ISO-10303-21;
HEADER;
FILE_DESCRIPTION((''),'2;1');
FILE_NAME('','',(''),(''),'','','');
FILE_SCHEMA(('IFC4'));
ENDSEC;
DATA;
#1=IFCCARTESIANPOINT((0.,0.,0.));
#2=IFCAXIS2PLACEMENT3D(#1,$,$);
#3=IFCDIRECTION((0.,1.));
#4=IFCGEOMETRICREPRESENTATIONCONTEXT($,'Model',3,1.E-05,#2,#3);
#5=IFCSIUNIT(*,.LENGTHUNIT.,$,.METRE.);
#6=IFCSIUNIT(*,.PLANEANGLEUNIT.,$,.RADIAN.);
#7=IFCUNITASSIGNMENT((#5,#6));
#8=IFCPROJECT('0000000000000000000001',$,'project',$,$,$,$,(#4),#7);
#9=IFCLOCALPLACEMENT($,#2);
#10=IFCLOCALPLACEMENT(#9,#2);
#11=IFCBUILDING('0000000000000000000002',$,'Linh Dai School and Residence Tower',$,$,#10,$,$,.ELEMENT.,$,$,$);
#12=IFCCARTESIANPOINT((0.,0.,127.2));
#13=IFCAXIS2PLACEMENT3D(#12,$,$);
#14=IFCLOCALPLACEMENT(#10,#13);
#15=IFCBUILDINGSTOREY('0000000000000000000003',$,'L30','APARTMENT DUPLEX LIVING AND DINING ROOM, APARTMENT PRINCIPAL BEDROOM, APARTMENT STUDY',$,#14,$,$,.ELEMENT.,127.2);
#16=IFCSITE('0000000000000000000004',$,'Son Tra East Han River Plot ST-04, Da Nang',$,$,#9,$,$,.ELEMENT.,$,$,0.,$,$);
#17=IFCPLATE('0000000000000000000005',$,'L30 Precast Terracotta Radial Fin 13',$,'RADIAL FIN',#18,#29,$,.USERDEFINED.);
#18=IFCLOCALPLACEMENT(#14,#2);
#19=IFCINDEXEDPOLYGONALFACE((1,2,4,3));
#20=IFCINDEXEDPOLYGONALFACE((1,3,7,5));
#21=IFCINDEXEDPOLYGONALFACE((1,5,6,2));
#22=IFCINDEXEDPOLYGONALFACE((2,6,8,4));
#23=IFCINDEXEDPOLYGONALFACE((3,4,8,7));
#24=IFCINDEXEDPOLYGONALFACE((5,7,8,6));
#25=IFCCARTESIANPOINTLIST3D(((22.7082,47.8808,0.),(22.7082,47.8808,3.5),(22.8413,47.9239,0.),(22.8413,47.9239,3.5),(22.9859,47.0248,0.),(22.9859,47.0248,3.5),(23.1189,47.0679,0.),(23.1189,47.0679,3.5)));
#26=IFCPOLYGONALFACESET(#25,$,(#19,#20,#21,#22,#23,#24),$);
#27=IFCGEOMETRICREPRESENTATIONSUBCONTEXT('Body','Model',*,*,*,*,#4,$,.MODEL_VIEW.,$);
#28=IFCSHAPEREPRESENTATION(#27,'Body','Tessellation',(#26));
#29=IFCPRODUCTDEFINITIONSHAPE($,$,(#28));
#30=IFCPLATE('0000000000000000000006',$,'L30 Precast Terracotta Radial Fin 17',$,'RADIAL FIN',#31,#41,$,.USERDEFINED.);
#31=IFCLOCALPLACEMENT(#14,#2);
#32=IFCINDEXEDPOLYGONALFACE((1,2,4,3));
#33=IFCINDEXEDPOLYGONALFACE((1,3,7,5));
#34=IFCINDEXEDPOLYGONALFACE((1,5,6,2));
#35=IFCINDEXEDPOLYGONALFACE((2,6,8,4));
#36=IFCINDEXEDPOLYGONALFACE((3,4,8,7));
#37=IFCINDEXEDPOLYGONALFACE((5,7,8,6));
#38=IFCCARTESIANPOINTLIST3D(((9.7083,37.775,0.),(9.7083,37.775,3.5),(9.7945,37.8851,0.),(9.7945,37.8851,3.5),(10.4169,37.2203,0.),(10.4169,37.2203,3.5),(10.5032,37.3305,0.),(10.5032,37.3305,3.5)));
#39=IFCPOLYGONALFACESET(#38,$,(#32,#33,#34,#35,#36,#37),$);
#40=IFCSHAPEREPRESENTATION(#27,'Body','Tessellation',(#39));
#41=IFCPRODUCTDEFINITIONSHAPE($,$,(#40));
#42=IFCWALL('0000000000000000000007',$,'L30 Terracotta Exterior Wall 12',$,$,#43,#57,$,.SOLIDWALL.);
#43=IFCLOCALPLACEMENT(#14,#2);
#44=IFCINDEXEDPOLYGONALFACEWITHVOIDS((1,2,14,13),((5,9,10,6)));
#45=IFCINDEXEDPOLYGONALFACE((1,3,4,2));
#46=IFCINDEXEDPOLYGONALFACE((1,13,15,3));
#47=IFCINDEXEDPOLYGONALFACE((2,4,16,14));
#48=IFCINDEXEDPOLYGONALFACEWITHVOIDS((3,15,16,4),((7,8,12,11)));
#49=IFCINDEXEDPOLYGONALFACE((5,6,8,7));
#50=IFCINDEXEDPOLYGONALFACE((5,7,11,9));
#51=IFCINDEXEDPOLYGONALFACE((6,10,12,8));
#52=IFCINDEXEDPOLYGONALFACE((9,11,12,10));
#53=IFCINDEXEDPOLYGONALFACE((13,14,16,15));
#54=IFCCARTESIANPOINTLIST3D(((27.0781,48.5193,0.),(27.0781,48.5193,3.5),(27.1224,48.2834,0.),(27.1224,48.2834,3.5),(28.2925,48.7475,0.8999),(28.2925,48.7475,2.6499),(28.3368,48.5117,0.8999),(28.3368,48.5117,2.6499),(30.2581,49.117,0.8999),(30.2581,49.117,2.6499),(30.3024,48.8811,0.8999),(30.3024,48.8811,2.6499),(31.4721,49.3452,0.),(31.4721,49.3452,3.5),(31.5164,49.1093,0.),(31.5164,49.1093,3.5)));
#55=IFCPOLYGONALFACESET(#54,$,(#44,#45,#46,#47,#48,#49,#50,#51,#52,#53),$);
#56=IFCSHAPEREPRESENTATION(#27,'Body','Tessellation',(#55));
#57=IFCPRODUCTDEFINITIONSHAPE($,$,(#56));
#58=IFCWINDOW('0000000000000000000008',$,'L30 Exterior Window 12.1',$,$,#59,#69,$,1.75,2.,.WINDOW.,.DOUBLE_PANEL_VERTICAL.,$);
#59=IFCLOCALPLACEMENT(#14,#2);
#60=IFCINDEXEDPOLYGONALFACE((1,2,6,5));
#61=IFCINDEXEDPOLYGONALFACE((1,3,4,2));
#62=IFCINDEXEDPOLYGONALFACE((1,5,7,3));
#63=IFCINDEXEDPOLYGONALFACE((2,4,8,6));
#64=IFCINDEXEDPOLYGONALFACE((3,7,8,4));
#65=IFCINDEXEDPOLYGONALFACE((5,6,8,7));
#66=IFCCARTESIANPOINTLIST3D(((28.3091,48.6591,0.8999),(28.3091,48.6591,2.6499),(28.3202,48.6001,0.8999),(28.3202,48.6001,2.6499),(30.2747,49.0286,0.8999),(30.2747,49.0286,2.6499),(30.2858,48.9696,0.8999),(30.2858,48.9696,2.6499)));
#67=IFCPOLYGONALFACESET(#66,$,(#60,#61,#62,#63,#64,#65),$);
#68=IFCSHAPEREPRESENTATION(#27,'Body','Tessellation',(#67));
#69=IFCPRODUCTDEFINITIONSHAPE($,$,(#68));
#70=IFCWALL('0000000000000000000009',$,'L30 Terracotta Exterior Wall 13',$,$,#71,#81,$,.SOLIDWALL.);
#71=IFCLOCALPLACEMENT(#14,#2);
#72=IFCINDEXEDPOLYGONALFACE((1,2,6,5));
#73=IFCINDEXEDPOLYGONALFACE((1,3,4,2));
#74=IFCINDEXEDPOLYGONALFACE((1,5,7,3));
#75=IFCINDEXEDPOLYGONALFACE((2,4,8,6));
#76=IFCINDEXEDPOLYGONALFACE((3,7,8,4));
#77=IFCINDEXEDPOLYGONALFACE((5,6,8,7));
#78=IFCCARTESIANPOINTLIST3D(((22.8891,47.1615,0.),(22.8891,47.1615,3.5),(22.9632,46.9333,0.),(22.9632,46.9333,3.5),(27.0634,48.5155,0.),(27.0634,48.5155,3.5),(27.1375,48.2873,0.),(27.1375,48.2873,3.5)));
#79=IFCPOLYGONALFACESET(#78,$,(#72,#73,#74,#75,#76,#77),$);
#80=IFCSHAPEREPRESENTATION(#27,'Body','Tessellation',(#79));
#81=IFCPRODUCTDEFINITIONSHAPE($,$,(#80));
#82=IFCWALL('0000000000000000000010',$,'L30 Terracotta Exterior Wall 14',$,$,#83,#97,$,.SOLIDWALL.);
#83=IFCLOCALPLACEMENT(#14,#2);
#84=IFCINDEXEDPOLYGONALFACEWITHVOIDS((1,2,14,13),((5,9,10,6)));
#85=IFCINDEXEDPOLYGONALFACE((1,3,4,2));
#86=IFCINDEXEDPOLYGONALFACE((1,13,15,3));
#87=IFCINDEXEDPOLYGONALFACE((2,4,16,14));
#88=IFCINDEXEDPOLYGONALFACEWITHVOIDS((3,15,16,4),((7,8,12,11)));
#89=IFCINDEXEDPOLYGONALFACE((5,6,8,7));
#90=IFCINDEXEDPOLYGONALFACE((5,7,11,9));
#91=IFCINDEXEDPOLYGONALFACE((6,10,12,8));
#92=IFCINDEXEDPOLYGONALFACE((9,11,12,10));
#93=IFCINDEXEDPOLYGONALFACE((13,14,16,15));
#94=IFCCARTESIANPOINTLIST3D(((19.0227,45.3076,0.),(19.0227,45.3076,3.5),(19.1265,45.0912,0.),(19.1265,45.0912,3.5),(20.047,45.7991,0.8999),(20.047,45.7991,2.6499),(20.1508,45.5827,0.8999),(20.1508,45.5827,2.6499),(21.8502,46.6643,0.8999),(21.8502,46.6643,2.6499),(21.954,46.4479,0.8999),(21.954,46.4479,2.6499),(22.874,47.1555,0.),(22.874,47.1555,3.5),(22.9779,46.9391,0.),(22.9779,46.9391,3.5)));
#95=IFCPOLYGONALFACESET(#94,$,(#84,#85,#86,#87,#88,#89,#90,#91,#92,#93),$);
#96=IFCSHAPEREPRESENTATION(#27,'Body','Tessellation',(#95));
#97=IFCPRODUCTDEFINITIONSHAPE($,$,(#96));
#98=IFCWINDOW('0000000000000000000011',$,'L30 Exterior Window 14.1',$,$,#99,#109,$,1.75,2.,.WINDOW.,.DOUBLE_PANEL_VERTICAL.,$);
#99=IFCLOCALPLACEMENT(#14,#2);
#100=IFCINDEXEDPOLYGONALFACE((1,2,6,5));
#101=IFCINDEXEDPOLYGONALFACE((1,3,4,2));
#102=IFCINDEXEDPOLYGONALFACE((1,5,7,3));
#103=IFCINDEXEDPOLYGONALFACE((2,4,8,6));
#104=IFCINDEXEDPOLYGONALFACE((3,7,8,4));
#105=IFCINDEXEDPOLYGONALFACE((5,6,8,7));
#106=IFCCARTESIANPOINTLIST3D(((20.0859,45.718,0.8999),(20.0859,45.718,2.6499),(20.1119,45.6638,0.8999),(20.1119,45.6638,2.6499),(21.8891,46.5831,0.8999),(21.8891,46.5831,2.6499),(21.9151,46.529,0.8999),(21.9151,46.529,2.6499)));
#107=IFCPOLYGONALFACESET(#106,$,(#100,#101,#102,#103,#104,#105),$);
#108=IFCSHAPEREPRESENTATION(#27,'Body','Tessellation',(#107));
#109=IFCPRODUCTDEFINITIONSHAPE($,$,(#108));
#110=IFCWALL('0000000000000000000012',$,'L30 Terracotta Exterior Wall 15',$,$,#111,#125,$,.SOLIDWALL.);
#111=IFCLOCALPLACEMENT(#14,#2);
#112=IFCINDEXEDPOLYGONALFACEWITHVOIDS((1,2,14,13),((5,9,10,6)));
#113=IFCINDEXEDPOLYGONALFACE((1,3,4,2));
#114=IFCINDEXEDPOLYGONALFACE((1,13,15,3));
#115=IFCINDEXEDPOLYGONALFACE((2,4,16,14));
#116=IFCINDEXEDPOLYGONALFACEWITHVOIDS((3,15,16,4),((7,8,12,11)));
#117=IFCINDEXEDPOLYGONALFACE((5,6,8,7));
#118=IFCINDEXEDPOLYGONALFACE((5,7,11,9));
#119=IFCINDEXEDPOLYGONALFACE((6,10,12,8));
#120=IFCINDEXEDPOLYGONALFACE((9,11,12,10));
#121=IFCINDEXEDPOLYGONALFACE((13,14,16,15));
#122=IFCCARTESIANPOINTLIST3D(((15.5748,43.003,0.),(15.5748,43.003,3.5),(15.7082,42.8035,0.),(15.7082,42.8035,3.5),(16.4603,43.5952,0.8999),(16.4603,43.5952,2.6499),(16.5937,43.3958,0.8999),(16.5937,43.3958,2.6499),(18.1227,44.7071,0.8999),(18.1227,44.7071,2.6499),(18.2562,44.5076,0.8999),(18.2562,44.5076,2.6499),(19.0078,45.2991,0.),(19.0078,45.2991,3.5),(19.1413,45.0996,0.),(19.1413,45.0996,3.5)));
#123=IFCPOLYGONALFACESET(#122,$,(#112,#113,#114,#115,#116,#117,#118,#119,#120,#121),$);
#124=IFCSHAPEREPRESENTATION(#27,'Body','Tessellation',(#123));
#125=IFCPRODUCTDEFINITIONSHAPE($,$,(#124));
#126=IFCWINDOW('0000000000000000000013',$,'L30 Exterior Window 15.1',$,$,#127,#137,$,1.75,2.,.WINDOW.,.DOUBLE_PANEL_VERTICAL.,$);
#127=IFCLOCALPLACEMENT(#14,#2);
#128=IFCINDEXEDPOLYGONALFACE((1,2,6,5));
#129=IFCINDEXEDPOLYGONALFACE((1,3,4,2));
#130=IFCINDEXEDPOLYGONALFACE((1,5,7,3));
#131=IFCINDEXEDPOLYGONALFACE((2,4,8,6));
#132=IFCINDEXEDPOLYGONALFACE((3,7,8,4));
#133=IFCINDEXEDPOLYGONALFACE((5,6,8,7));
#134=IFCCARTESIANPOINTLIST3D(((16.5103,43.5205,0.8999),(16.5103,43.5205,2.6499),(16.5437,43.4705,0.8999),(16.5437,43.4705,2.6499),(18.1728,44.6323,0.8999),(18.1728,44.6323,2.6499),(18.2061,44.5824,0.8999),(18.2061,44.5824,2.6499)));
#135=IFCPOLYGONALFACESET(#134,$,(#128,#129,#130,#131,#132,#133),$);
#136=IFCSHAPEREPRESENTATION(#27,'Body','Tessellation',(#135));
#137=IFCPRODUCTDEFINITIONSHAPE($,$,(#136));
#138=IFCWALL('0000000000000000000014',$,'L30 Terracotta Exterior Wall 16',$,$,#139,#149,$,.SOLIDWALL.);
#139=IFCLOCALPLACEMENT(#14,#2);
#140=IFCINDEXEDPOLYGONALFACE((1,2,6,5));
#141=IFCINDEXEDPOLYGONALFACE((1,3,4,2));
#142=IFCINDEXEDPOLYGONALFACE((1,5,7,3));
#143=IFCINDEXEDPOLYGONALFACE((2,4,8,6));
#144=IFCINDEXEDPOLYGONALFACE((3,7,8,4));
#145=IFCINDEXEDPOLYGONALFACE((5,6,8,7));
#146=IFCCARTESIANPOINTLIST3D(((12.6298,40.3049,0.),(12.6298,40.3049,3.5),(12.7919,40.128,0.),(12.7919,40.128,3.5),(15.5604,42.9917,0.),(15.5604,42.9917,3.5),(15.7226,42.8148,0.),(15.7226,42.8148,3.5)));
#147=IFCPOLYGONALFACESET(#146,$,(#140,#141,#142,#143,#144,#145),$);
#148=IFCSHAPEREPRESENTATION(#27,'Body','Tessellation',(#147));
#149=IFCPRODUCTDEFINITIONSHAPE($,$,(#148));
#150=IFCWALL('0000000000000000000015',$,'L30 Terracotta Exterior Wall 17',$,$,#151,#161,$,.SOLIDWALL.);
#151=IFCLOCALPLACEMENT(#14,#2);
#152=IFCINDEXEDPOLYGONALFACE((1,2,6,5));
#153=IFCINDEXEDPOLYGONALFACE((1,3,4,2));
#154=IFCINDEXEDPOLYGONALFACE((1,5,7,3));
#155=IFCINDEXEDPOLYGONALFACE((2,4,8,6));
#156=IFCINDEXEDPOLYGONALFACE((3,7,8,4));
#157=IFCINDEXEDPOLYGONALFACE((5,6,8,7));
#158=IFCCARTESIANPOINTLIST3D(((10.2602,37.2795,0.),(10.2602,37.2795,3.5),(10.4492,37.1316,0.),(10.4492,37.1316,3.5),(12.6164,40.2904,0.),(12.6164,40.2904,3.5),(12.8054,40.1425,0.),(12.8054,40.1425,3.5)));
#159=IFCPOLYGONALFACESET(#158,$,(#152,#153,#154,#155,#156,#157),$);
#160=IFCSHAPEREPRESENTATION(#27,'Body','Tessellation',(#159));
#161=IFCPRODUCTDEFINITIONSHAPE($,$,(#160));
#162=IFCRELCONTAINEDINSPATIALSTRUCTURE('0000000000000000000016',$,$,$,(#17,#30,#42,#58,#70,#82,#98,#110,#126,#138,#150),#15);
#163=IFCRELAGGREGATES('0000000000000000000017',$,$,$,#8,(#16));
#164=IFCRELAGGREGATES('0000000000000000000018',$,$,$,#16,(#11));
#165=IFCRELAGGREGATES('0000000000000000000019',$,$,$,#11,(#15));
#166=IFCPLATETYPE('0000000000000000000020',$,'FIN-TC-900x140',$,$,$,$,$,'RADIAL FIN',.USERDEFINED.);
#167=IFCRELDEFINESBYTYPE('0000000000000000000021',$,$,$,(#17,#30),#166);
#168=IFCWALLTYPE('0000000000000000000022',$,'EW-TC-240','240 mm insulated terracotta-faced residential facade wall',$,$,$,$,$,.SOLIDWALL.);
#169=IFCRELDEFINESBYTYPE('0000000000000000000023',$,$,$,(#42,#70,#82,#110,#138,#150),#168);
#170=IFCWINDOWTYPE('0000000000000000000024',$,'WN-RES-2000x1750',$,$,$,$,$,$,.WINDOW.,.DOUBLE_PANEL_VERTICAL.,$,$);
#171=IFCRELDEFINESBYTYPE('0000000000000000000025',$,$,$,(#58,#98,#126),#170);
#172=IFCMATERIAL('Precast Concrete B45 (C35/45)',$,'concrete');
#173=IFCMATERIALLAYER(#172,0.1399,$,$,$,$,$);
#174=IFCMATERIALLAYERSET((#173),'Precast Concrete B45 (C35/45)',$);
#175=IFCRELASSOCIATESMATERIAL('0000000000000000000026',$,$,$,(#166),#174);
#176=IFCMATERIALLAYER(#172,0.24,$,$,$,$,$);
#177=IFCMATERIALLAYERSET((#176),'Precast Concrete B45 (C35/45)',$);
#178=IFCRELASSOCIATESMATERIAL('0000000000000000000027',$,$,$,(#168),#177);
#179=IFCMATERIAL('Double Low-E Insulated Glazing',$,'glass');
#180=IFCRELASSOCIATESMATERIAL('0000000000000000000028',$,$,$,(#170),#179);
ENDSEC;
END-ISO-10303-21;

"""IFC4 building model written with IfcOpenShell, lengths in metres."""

from ifc_helpers import new_model, si_unit, direction, frame, frame_2d, origin, origin_2d, place, context, subcontext, project, spatial, rectangle, extrude, source, transform, mapped, material, layer, layer_set, type_object, element, fill, save


model = new_model("IFC4")

# Units and contexts
model_context = context("Model", 3, precision=1e-05, world=origin(), true_north=direction((0.0, 1.0)))
body_context = subcontext(model_context, "Body", "Model", "MODEL_VIEW")
ifc_project = project(units=[si_unit("LENGTHUNIT", "METRE"), si_unit("PLANEANGLEUNIT", "RADIAN")], contexts=[model_context])

# Site, building, storey
site_placement = place(None, origin())
site = spatial("IfcSite", under=ifc_project, at=site_placement, Name="Son Tra East Han River Plot ST-04, Da Nang", CompositionType="ELEMENT", RefElevation=0.0)
building_placement = place(site_placement, origin())
building = spatial("IfcBuilding", under=site, at=building_placement, Name="Linh Dai School and Residence Tower", CompositionType="ELEMENT")
storey_placement = place(building_placement, frame((0.0, 0.0, 127.2)))
storey = spatial("IfcBuildingStorey", under=building, at=storey_placement, Name="L30", Description="APARTMENT DUPLEX LIVING AND DINING ROOM, APARTMENT PRINCIPAL BEDROOM, APARTMENT STUDY", CompositionType="ELEMENT", Elevation=127.2)

# Plates
ifc_material_1 = material(Name="Precast Concrete B45 (C35/45)", Category="concrete")
ifc_layer_1 = layer(ifc_material_1, 0.1399)
ifc_layer_set_1 = layer_set([ifc_layer_1], Name="Precast Concrete B45 (C35/45)")
plate_type = type_object("IfcPlateType", Name="FIN-TC-900x140", ElementType="RADIAL FIN", PredefinedType="USERDEFINED", material=ifc_layer_set_1)
shared_shape_1 = source(origin(), body_context, "Body", "SweptSolid", [
    extrude(rectangle(XDim=0.8999, YDim=0.1399, at=origin_2d()), origin(), (0.0, 0.0, 1.0), 3.5),
])
for number, where, z_axis, x_axis, name in (
    (1, (22.9136, 47.4744, 0.0), (0.0, 0.0, 1.0), (-0.308522, 0.951217, 0.0), "L30 Precast Terracotta Radial Fin 13"),
    (2, (10.1057, 37.5527, 0.0), (0.0, 0.0, 1.0), (-0.787508, 0.616305, 0.0), "L30 Precast Terracotta Radial Fin 17"),
):
    element("IfcPlate", number, at=place(storey_placement, frame(where, z_axis=z_axis, x_axis=x_axis)), inside=storey, type_object=plate_type, Name=name, ObjectType="RADIAL FIN", PredefinedType="USERDEFINED", context=body_context, shape_type="MappedRepresentation", body=[
        mapped(shared_shape_1, transform((0.0, 0.0, 0.0), x_axis=(1.0, 0.0, 0.0), y_axis=(0.0, 1.0, 0.0), z_axis=(0.0, 0.0, 1.0), scale=1.0)),
    ])

# Wall, opening, window
ifc_layer_2 = layer(ifc_material_1, 0.24)
ifc_layer_set_2 = layer_set([ifc_layer_2], Name="Precast Concrete B45 (C35/45)")
wall_type_1 = type_object("IfcWallType", Name="EW-TC-240", Description="240 mm insulated terracotta-faced residential facade wall", PredefinedType="SOLIDWALL", material=ifc_layer_set_2)
wall_1_placement = place(storey_placement, frame((27.1003, 48.4014, 0.0), z_axis=(0.0, 0.0, 1.0), x_axis=(0.982789, 0.18473, 0.0)))
wall_1 = element("IfcWall", 3, at=wall_1_placement, inside=storey, type_object=wall_type_1, Name="L30 Terracotta Exterior Wall 12", PredefinedType="SOLIDWALL", context=body_context, shape_type="SweptSolid", body=[
    extrude(rectangle(XDim=4.4709, YDim=0.24, at=frame_2d((2.2354, 0.0))), origin(), (0.0, 0.0, 1.0), 3.5),
])
opening_1_placement = place(wall_1_placement, frame((1.2356, 0.0, 0.8999)))
opening_1 = element("IfcOpeningElement", 4, at=opening_1_placement, cuts=wall_1, PredefinedType="OPENING", context=body_context, shape_type="SweptSolid", body=[
    extrude(rectangle(XDim=2.0, YDim=1.75, at=origin_2d()), frame((1.0, 0.1299, 0.875), z_axis=(0.0, -1.0, 0.0), x_axis=(1.0, 0.0, 0.0)), (0.0, 0.0, 1.0), 0.26),
])
ifc_material_2 = material(Name="Double Low-E Insulated Glazing", Category="glass")
window_type = type_object("IfcWindowType", Name="WN-RES-2000x1750", PartitioningType="DOUBLE_PANEL_VERTICAL", PredefinedType="WINDOW", material=ifc_material_2)
shared_shape_2 = source(origin(), body_context, "Body", "SweptSolid", [
    extrude(rectangle(XDim=2.0, YDim=1.75, at=origin_2d()), frame((1.0, 0.03, 0.875), z_axis=(0.0, -1.0, 0.0), x_axis=(1.0, 0.0, 0.0)), (0.0, 0.0, 1.0), 0.0601),
])
window_1_placement = place(opening_1_placement, origin())
window_1 = element("IfcWindow", 5, at=window_1_placement, inside=storey, type_object=window_type, Name="L30 Exterior Window 12.1", OverallHeight=1.75, OverallWidth=2.0, PartitioningType="DOUBLE_PANEL_VERTICAL", PredefinedType="WINDOW", context=body_context, shape_type="MappedRepresentation", body=[
    mapped(shared_shape_2, transform((0.0, 0.0, 0.0), x_axis=(1.0, 0.0, 0.0), y_axis=(0.0, 1.0, 0.0), z_axis=(0.0, 0.0, 1.0), scale=1.0)),
])
fill(opening_1, window_1)

# Wall
wall_2_placement = place(storey_placement, frame((22.926, 47.0474, 0.0), z_axis=(0.0, 0.0, 1.0), x_axis=(0.951211, 0.30854, 0.0)))
element("IfcWall", 6, at=wall_2_placement, inside=storey, type_object=wall_type_1, Name="L30 Terracotta Exterior Wall 13", PredefinedType="SOLIDWALL", context=body_context, shape_type="SweptSolid", body=[
    extrude(rectangle(XDim=4.3884, YDim=0.24, at=frame_2d((2.1943, 0.0))), origin(), (0.0, 0.0, 1.0), 3.5),
])

# Walls, openings, windows
wall_3_placement = place(storey_placement, frame((19.0747, 45.1995, 0.0), z_axis=(0.0, 0.0, 1.0), x_axis=(0.90159, 0.432592, 0.0)))
wall_3 = element("IfcWall", 7, at=wall_3_placement, inside=storey, type_object=wall_type_1, Name="L30 Terracotta Exterior Wall 14", PredefinedType="SOLIDWALL", context=body_context, shape_type="SweptSolid", body=[
    extrude(rectangle(XDim=4.2717, YDim=0.24, at=frame_2d((2.1357, 0.0))), origin(), (0.0, 0.0, 1.0), 3.5),
])
opening_2_placement = place(wall_3_placement, frame((1.136, 0.0, 0.8999)))
opening_2 = element("IfcOpeningElement", 8, at=opening_2_placement, cuts=wall_3, PredefinedType="OPENING", context=body_context, shape_type="SweptSolid", body=[
    extrude(rectangle(XDim=2.0, YDim=1.75, at=origin_2d()), frame((1.0, 0.1299, 0.875), z_axis=(0.0, -1.0, 0.0), x_axis=(1.0, 0.0, 0.0)), (0.0, 0.0, 1.0), 0.26),
])
window_2_placement = place(opening_2_placement, origin())
window_2 = element("IfcWindow", 9, at=window_2_placement, inside=storey, type_object=window_type, Name="L30 Exterior Window 14.1", OverallHeight=1.75, OverallWidth=2.0, PartitioningType="DOUBLE_PANEL_VERTICAL", PredefinedType="WINDOW", context=body_context, shape_type="MappedRepresentation", body=[
    mapped(shared_shape_2, transform((0.0, 0.0, 0.0), x_axis=(1.0, 0.0, 0.0), y_axis=(0.0, 1.0, 0.0), z_axis=(0.0, 0.0, 1.0), scale=1.0)),
])
fill(opening_2, window_2)
wall_4_placement = place(storey_placement, frame((15.6416, 42.9033, 0.0), z_axis=(0.0, 0.0, 1.0), x_axis=(0.831222, 0.555941, 0.0)))
wall_4 = element("IfcWall", 10, at=wall_4_placement, inside=storey, type_object=wall_type_1, Name="L30 Terracotta Exterior Wall 15", PredefinedType="SOLIDWALL", context=body_context, shape_type="SweptSolid", body=[
    extrude(rectangle(XDim=4.1301, YDim=0.24, at=frame_2d((2.0649, 0.0))), origin(), (0.0, 0.0, 1.0), 3.5),
])
opening_3_placement = place(wall_4_placement, frame((1.0652, 0.0, 0.8999)))
opening_3 = element("IfcOpeningElement", 11, at=opening_3_placement, cuts=wall_4, PredefinedType="OPENING", context=body_context, shape_type="SweptSolid", body=[
    extrude(rectangle(XDim=2.0, YDim=1.75, at=origin_2d()), frame((1.0, 0.1299, 0.875), z_axis=(0.0, -1.0, 0.0), x_axis=(1.0, 0.0, 0.0)), (0.0, 0.0, 1.0), 0.26),
])
window_3_placement = place(opening_3_placement, origin())
window_3 = element("IfcWindow", 12, at=window_3_placement, inside=storey, type_object=window_type, Name="L30 Exterior Window 15.1", OverallHeight=1.75, OverallWidth=2.0, PartitioningType="DOUBLE_PANEL_VERTICAL", PredefinedType="WINDOW", context=body_context, shape_type="MappedRepresentation", body=[
    mapped(shared_shape_2, transform((0.0, 0.0, 0.0), x_axis=(1.0, 0.0, 0.0), y_axis=(0.0, 1.0, 0.0), z_axis=(0.0, 0.0, 1.0), scale=1.0)),
])
fill(opening_3, window_3)

# Walls
wall_5_placement = place(storey_placement, frame((12.7109, 40.2166, 0.0), z_axis=(0.0, 0.0, 1.0), x_axis=(0.737113, 0.675769, 0.0)))
element("IfcWall", 13, at=wall_5_placement, inside=storey, type_object=wall_type_1, Name="L30 Terracotta Exterior Wall 16", PredefinedType="SOLIDWALL", context=body_context, shape_type="SweptSolid", body=[
    extrude(rectangle(XDim=3.9758, YDim=0.24, at=frame_2d((1.9878, 0.0))), origin(), (0.0, 0.0, 1.0), 3.5),
])
wall_6_placement = place(storey_placement, frame((10.3547, 37.2056, 0.0), z_axis=(0.0, 0.0, 1.0), x_axis=(0.616272, 0.787533, 0.0)))
element("IfcWall", 14, at=wall_6_placement, inside=storey, type_object=wall_type_1, Name="L30 Terracotta Exterior Wall 17", PredefinedType="SOLIDWALL", context=body_context, shape_type="SweptSolid", body=[
    extrude(rectangle(XDim=3.8232, YDim=0.24, at=frame_2d((1.9116, 0.0))), origin(), (0.0, 0.0, 1.0), 3.5),
])

save(model, "model.ifc")
